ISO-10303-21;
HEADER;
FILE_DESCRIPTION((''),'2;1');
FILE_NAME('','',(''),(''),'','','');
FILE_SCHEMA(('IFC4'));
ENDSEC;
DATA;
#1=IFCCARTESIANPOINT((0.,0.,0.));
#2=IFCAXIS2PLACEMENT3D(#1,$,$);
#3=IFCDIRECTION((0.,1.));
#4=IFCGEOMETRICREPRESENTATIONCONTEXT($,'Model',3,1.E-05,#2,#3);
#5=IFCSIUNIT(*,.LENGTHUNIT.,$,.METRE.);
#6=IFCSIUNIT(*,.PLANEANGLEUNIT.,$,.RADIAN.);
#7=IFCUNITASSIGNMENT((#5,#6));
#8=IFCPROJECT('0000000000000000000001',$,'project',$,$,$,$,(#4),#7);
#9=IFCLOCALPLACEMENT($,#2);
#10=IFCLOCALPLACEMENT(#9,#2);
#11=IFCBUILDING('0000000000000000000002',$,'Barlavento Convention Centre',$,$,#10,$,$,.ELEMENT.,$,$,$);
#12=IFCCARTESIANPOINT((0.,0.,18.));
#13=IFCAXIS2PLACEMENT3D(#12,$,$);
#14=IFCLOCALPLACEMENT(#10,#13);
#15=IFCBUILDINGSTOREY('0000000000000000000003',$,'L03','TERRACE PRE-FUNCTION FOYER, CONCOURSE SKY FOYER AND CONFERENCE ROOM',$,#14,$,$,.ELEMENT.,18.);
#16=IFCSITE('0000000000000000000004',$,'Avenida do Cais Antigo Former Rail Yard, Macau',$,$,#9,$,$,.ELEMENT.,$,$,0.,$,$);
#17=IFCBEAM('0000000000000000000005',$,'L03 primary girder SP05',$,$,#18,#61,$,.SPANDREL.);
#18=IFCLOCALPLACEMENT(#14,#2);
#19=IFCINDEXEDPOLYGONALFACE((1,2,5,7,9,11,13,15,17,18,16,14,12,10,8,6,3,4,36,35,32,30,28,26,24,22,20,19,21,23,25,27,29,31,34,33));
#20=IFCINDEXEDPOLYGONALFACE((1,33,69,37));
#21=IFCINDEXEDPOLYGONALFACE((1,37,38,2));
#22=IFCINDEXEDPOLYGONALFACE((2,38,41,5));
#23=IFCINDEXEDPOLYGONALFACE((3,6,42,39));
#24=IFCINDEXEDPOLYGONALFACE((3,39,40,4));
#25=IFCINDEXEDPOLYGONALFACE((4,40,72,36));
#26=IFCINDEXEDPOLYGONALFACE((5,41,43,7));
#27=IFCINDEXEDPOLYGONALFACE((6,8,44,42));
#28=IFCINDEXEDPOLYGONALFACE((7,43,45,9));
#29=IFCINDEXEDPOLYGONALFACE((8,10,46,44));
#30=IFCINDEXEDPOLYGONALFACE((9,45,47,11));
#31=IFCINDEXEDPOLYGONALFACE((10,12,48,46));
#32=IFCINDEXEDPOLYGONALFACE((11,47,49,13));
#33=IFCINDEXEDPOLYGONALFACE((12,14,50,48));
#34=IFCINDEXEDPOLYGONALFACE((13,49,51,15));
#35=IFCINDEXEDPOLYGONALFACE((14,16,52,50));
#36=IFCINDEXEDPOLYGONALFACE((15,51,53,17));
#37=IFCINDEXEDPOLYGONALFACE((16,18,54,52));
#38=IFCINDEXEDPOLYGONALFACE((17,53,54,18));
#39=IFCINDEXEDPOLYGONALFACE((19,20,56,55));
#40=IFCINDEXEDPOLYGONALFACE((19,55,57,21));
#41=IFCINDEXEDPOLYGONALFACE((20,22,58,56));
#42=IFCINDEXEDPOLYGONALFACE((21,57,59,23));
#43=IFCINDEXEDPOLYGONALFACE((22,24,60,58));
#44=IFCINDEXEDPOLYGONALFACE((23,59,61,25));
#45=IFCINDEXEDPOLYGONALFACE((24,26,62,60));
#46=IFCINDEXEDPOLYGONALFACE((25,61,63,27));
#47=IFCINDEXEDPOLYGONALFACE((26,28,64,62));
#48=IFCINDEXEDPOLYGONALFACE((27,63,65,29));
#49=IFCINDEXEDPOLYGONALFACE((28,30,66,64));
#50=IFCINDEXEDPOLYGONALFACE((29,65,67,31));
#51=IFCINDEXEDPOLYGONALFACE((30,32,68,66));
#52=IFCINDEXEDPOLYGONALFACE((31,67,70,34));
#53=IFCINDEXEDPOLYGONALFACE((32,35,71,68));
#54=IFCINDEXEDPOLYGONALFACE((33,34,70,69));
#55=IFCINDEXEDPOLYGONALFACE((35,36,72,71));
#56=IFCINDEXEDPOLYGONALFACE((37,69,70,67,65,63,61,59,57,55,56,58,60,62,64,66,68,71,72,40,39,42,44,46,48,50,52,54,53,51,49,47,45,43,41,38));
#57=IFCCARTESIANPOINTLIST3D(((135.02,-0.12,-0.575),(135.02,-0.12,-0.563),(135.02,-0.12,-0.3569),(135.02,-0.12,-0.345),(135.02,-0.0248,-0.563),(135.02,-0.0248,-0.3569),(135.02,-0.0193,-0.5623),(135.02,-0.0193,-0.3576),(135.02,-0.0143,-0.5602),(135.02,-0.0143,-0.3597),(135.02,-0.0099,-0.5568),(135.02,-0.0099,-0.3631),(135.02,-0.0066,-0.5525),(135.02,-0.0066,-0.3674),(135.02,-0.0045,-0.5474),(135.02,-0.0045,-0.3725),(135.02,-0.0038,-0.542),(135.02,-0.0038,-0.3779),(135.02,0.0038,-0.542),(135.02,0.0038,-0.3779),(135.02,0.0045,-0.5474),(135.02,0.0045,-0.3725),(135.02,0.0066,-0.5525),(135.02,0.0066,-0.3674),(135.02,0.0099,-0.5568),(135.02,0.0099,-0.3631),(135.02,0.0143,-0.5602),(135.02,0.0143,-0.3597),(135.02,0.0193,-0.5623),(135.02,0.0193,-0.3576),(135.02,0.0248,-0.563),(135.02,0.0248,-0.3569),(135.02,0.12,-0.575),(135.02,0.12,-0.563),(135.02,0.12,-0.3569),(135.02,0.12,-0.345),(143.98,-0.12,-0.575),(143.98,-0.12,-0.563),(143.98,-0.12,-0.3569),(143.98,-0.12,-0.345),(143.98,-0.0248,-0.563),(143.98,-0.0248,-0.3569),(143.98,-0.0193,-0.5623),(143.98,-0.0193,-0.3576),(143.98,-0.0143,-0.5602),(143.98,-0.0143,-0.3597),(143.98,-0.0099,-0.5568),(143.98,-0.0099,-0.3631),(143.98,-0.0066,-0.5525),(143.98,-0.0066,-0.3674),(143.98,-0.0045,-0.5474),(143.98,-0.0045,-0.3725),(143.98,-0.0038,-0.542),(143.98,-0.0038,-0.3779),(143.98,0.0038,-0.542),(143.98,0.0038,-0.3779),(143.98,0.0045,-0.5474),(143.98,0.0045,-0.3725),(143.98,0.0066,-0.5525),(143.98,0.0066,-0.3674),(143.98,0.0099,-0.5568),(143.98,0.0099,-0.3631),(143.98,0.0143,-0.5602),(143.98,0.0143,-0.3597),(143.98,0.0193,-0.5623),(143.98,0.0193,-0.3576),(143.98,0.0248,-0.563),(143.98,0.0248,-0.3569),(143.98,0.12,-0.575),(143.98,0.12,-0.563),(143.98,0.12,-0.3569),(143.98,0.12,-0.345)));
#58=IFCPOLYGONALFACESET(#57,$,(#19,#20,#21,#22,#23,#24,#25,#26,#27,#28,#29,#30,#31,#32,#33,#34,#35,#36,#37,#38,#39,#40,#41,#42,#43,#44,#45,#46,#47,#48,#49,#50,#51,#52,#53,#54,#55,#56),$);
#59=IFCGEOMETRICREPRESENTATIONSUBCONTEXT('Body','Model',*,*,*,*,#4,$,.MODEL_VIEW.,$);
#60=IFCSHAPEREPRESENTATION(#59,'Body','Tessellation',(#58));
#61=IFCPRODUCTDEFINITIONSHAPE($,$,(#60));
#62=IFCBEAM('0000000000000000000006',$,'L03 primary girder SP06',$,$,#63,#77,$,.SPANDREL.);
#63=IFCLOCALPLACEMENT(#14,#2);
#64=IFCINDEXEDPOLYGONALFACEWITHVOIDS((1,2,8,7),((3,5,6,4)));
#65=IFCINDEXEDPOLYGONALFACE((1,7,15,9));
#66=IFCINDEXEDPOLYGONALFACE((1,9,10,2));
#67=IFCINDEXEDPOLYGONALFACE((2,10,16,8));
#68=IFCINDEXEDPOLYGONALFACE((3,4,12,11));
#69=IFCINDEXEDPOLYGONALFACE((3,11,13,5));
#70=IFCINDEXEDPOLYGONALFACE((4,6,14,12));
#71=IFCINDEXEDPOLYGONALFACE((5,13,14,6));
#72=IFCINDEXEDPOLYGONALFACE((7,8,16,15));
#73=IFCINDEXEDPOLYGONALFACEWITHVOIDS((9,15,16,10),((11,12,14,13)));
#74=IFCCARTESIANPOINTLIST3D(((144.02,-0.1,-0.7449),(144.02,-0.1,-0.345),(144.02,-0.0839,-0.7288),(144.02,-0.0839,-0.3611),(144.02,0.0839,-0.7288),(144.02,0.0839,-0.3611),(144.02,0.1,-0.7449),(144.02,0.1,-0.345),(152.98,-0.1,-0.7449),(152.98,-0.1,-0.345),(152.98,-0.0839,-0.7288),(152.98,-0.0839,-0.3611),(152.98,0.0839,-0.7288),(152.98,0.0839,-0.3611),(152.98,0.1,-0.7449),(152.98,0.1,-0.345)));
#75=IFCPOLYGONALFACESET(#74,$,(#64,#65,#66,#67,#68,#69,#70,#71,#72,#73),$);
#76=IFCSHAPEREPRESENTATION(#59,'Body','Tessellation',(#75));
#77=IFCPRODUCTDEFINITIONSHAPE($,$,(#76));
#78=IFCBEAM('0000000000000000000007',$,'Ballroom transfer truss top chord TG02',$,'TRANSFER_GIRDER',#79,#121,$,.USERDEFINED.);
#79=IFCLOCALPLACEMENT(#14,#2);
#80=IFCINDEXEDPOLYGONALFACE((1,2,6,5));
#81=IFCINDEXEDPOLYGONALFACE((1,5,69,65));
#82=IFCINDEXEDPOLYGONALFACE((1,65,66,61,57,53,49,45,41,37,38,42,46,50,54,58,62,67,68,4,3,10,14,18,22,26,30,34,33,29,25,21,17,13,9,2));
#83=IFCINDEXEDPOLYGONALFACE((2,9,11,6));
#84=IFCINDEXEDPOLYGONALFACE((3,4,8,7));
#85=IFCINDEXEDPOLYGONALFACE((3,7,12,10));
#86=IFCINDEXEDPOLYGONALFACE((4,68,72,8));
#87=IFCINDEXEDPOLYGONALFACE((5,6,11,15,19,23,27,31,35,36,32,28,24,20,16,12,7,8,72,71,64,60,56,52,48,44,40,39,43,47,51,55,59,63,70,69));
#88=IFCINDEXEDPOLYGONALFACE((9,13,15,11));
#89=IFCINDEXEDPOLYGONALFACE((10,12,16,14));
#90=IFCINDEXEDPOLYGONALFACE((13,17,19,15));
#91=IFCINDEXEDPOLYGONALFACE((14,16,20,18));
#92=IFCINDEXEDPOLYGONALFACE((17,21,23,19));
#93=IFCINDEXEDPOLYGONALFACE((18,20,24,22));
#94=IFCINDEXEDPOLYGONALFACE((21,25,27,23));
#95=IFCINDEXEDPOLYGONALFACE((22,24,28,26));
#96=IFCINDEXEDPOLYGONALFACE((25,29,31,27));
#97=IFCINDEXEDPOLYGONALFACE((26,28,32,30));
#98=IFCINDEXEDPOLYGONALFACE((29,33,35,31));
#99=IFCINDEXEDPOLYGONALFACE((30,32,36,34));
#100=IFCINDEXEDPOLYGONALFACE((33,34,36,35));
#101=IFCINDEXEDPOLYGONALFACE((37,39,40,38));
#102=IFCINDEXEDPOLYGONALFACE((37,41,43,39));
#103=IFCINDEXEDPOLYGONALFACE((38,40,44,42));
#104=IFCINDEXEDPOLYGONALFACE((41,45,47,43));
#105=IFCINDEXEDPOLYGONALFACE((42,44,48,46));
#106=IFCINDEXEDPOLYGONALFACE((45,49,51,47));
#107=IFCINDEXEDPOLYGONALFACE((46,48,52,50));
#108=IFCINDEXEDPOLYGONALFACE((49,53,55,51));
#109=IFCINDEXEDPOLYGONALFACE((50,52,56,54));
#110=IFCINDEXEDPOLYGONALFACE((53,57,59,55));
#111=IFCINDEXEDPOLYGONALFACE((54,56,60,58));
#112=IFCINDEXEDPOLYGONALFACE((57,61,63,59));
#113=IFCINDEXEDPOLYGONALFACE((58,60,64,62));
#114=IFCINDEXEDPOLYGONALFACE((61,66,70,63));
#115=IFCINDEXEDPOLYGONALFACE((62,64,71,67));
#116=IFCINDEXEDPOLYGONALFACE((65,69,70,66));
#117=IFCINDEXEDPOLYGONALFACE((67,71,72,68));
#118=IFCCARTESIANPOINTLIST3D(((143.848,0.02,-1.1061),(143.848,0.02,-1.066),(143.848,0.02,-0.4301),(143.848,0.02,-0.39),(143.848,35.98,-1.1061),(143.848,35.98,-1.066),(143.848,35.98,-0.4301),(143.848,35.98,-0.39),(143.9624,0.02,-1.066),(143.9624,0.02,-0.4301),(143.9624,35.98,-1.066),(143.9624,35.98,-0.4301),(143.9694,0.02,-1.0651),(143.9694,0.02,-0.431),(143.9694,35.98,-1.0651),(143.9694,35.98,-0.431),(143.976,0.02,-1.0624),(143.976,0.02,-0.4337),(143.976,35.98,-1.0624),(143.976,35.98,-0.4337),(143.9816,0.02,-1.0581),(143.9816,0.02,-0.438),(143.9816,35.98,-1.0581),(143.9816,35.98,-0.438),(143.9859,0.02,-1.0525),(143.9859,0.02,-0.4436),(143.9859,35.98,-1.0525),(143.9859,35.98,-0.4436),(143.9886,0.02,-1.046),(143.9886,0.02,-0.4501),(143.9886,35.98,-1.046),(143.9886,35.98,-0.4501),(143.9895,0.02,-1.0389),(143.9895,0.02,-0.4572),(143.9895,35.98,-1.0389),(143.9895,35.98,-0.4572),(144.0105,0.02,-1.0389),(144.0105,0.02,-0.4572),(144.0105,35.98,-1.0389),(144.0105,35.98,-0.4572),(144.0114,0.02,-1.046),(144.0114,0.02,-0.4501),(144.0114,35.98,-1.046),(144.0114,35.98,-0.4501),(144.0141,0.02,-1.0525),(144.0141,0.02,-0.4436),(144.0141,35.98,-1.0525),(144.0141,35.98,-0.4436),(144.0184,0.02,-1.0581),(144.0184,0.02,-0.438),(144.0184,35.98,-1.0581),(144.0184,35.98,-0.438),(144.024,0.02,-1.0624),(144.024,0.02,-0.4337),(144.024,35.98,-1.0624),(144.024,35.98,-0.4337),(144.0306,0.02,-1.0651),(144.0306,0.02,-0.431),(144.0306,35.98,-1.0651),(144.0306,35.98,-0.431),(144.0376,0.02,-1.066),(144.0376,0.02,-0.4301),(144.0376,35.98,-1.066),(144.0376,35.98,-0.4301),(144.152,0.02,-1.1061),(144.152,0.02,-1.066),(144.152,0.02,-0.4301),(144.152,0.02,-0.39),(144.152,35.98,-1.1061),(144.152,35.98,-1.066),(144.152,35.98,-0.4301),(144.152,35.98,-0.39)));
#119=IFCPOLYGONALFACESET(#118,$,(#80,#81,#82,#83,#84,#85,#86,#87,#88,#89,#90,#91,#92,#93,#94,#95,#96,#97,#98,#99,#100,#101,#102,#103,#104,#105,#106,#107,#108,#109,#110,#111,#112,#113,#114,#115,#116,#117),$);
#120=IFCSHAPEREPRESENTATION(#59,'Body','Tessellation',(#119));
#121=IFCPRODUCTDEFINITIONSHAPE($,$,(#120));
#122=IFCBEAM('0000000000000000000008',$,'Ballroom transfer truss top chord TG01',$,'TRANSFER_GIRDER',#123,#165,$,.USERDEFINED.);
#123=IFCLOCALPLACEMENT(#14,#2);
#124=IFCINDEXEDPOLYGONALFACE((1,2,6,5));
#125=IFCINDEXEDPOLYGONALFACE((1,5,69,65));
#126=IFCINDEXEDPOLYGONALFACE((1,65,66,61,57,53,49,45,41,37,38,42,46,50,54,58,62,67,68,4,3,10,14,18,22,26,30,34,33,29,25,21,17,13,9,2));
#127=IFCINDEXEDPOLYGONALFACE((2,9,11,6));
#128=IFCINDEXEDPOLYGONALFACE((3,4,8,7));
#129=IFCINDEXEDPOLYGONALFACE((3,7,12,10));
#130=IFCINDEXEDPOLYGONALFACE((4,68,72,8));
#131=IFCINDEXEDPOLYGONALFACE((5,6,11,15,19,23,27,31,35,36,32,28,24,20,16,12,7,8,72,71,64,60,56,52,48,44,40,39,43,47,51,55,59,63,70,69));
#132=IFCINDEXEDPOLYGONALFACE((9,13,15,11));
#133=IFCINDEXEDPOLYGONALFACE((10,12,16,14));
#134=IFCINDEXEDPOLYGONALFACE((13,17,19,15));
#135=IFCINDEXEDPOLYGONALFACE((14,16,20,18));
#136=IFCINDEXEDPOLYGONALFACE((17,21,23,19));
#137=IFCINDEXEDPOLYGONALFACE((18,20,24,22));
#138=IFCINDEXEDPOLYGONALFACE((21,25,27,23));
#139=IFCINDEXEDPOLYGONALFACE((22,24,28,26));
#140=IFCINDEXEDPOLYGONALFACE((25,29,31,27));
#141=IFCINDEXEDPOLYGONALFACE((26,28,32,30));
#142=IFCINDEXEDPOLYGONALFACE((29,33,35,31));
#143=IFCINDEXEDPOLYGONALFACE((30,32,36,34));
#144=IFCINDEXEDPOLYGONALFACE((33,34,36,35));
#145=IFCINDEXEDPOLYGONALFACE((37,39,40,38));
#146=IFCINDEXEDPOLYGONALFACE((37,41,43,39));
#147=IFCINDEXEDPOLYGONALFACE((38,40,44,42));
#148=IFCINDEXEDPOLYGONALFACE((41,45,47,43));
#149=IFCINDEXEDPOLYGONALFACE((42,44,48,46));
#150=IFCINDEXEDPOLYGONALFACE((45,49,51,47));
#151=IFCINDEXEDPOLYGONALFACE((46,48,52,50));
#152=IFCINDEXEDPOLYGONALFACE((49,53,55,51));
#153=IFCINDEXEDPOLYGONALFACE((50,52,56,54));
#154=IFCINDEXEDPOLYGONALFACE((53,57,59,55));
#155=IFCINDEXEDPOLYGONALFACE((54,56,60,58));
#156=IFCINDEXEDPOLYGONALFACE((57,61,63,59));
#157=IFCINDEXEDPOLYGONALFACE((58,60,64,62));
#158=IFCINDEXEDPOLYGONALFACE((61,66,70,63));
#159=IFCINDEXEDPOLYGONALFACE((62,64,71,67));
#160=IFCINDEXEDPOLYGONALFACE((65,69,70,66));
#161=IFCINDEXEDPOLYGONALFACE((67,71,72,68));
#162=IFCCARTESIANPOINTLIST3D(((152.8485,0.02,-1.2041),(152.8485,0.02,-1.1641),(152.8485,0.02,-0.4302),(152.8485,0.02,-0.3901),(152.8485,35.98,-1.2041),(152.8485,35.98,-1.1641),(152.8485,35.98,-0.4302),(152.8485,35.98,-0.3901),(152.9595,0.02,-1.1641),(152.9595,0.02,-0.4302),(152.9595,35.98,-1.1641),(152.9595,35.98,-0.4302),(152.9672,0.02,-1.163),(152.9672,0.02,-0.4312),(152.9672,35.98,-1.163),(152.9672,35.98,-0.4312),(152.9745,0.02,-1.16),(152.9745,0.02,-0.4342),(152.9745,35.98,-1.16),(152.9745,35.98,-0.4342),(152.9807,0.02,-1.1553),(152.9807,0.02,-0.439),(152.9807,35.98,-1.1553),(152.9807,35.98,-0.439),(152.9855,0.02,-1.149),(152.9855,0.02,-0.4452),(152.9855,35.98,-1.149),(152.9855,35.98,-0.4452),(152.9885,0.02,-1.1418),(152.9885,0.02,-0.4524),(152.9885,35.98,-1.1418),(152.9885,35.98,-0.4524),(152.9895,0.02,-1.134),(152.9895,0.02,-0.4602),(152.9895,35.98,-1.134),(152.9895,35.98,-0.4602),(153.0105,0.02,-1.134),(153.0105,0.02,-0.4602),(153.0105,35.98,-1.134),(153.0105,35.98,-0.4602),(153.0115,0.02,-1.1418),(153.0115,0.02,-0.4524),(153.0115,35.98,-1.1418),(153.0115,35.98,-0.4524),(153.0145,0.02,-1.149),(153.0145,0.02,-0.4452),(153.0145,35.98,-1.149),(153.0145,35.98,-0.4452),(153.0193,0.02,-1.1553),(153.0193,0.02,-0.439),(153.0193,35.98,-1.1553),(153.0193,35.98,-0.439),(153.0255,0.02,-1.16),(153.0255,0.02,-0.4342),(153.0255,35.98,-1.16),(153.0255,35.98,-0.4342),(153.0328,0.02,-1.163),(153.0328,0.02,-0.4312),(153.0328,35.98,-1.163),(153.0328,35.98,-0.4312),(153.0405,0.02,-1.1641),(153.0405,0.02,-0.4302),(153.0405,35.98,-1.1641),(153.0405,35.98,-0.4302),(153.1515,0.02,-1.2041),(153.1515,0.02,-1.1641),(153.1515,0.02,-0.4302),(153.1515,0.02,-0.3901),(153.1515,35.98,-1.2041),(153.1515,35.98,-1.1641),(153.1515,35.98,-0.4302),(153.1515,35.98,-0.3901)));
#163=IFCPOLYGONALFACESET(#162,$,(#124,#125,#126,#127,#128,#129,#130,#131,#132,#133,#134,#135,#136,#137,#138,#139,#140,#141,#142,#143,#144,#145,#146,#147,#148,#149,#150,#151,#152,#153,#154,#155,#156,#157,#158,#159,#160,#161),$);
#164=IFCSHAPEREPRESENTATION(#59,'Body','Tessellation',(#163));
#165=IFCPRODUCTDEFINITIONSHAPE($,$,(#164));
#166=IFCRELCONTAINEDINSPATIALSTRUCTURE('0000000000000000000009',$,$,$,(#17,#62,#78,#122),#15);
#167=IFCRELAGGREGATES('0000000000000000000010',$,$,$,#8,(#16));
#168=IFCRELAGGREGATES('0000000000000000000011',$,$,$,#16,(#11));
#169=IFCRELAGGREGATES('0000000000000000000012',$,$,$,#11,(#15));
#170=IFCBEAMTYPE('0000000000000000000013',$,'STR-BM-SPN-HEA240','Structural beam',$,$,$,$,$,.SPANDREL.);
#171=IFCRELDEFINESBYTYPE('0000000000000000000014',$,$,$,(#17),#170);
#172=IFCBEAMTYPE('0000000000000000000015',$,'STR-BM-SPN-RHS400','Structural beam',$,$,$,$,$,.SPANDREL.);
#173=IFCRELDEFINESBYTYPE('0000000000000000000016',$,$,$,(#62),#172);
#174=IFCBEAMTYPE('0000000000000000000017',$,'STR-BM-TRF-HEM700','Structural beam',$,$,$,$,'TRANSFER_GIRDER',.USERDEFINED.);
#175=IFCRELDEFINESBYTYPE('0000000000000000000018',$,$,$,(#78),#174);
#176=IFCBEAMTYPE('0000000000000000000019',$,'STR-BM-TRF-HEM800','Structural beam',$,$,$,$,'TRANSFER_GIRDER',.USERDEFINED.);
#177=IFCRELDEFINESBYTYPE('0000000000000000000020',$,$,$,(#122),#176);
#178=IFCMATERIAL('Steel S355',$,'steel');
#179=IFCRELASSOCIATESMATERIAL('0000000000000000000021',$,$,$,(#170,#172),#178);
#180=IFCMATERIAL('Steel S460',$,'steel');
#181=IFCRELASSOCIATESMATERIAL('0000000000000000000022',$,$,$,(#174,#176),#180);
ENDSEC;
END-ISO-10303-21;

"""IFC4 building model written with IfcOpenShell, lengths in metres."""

from ifc_helpers import new_model, si_unit, direction, frame, origin, origin_2d, place, context, subcontext, project, spatial, hollow_rectangle, i_section, extrude, material, material_profile, profile_set, type_object, element, save


model = new_model("IFC4")

# Units and contexts
model_context = context("Model", 3, precision=1e-05, world=origin(), true_north=direction((0.0, 1.0)))
body_context = subcontext(model_context, "Body", "Model", "MODEL_VIEW")
ifc_project = project(units=[si_unit("LENGTHUNIT", "METRE"), si_unit("PLANEANGLEUNIT", "RADIAN")], contexts=[model_context])

# Site, building, storey
site_placement = place(None, origin())
site = spatial("IfcSite", under=ifc_project, at=site_placement, Name="Avenida do Cais Antigo Former Rail Yard, Macau", CompositionType="ELEMENT", RefElevation=0.0)
building_placement = place(site_placement, origin())
building = spatial("IfcBuilding", under=site, at=building_placement, Name="Barlavento Convention Centre", CompositionType="ELEMENT")
storey_placement = place(building_placement, frame((0.0, 0.0, 18.0)))
storey = spatial("IfcBuildingStorey", under=building, at=storey_placement, Name="L03", Description="TERRACE PRE-FUNCTION FOYER, CONCOURSE SKY FOYER AND CONFERENCE ROOM", CompositionType="ELEMENT", Elevation=18.0)

# Beams
ifc_material_1 = material(Name="Steel S355", Category="steel")
ifc_material_profile_1 = material_profile(ifc_material_1, i_section(OverallWidth=0.24, OverallDepth=0.23, WebThickness=0.0076, FlangeThickness=0.012, FilletRadius=0.021, at=origin_2d()), Name="HEA 240")
ifc_profile_set_1 = profile_set([ifc_material_profile_1], Name="Steel S355")
beam_type_1 = type_object("IfcBeamType", Name="STR-BM-SPN-HEA240", Description="Structural beam", PredefinedType="SPANDREL", material=ifc_profile_set_1)
beam_1_placement = place(storey_placement, frame((135.02, 0.0, -0.46), z_axis=(1.0, 0.0, 0.0), x_axis=(0.0, 1.0, 0.0)))
element("IfcBeam", 1, at=beam_1_placement, inside=storey, type_object=beam_type_1, Name="L03 primary girder SP05", PredefinedType="SPANDREL", context=body_context, shape_type="SweptSolid", body=[
    extrude(i_section(OverallWidth=0.24, OverallDepth=0.23, WebThickness=0.0076, FlangeThickness=0.012, FilletRadius=0.021, at=origin_2d()), origin(), (0.0, 0.0, 1.0), 8.96),
])
ifc_material_profile_2 = material_profile(ifc_material_1, hollow_rectangle(XDim=0.2, YDim=0.3999, WallThickness=0.0161, at=origin_2d()), Name="RHS 400x200x16.0")
ifc_profile_set_2 = profile_set([ifc_material_profile_2], Name="Steel S355")
beam_type_2 = type_object("IfcBeamType", Name="STR-BM-SPN-RHS400", Description="Structural beam", PredefinedType="SPANDREL", material=ifc_profile_set_2)
beam_2_placement = place(storey_placement, frame((144.02, 0.0, -0.5449), z_axis=(1.0, 0.0, 0.0), x_axis=(0.0, 1.0, 0.0)))
element("IfcBeam", 2, at=beam_2_placement, inside=storey, type_object=beam_type_2, Name="L03 primary girder SP06", PredefinedType="SPANDREL", context=body_context, shape_type="SweptSolid", body=[
    extrude(hollow_rectangle(XDim=0.2, YDim=0.3999, WallThickness=0.0161, at=origin_2d()), origin(), (0.0, 0.0, 1.0), 8.96),
])
ifc_material_2 = material(Name="Steel S460", Category="steel")
ifc_material_profile_3 = material_profile(ifc_material_2, i_section(OverallWidth=0.304, OverallDepth=0.7161, WebThickness=0.021, FlangeThickness=0.04, FilletRadius=0.0271, at=origin_2d()), Name="HEM 700")
ifc_profile_set_3 = profile_set([ifc_material_profile_3], Name="Steel S460")
beam_type_3 = type_object("IfcBeamType", Name="STR-BM-TRF-HEM700", Description="Structural beam", ElementType="TRANSFER_GIRDER", PredefinedType="USERDEFINED", material=ifc_profile_set_3)
beam_3_placement = place(storey_placement, frame((144.0, 0.02, -0.748), z_axis=(0.0, 1.0, 0.0), x_axis=(-1.0, 0.0, 0.0)))
element("IfcBeam", 3, at=beam_3_placement, inside=storey, type_object=beam_type_3, Name="Ballroom transfer truss top chord TG02", ObjectType="TRANSFER_GIRDER", PredefinedType="USERDEFINED", context=body_context, shape_type="SweptSolid", body=[
    extrude(i_section(OverallWidth=0.304, OverallDepth=0.7161, WebThickness=0.021, FlangeThickness=0.04, FilletRadius=0.0271, at=origin_2d()), origin(), (0.0, 0.0, 1.0), 35.96),
])
ifc_material_profile_4 = material_profile(ifc_material_2, i_section(OverallWidth=0.303, OverallDepth=0.814, WebThickness=0.021, FlangeThickness=0.04, FilletRadius=0.03, at=origin_2d()), Name="HEM 800")
ifc_profile_set_4 = profile_set([ifc_material_profile_4], Name="Steel S460")
beam_type_4 = type_object("IfcBeamType", Name="STR-BM-TRF-HEM800", Description="Structural beam", ElementType="TRANSFER_GIRDER", PredefinedType="USERDEFINED", material=ifc_profile_set_4)
beam_4_placement = place(storey_placement, frame((153.0, 0.02, -0.7971), z_axis=(0.0, 1.0, 0.0), x_axis=(-1.0, 0.0, 0.0)))
element("IfcBeam", 4, at=beam_4_placement, inside=storey, type_object=beam_type_4, Name="Ballroom transfer truss top chord TG01", ObjectType="TRANSFER_GIRDER", PredefinedType="USERDEFINED", context=body_context, shape_type="SweptSolid", body=[
    extrude(i_section(OverallWidth=0.303, OverallDepth=0.814, WebThickness=0.021, FlangeThickness=0.04, FilletRadius=0.03, at=origin_2d()), origin(), (0.0, 0.0, 1.0), 35.96),
])

save(model, "model.ifc")
